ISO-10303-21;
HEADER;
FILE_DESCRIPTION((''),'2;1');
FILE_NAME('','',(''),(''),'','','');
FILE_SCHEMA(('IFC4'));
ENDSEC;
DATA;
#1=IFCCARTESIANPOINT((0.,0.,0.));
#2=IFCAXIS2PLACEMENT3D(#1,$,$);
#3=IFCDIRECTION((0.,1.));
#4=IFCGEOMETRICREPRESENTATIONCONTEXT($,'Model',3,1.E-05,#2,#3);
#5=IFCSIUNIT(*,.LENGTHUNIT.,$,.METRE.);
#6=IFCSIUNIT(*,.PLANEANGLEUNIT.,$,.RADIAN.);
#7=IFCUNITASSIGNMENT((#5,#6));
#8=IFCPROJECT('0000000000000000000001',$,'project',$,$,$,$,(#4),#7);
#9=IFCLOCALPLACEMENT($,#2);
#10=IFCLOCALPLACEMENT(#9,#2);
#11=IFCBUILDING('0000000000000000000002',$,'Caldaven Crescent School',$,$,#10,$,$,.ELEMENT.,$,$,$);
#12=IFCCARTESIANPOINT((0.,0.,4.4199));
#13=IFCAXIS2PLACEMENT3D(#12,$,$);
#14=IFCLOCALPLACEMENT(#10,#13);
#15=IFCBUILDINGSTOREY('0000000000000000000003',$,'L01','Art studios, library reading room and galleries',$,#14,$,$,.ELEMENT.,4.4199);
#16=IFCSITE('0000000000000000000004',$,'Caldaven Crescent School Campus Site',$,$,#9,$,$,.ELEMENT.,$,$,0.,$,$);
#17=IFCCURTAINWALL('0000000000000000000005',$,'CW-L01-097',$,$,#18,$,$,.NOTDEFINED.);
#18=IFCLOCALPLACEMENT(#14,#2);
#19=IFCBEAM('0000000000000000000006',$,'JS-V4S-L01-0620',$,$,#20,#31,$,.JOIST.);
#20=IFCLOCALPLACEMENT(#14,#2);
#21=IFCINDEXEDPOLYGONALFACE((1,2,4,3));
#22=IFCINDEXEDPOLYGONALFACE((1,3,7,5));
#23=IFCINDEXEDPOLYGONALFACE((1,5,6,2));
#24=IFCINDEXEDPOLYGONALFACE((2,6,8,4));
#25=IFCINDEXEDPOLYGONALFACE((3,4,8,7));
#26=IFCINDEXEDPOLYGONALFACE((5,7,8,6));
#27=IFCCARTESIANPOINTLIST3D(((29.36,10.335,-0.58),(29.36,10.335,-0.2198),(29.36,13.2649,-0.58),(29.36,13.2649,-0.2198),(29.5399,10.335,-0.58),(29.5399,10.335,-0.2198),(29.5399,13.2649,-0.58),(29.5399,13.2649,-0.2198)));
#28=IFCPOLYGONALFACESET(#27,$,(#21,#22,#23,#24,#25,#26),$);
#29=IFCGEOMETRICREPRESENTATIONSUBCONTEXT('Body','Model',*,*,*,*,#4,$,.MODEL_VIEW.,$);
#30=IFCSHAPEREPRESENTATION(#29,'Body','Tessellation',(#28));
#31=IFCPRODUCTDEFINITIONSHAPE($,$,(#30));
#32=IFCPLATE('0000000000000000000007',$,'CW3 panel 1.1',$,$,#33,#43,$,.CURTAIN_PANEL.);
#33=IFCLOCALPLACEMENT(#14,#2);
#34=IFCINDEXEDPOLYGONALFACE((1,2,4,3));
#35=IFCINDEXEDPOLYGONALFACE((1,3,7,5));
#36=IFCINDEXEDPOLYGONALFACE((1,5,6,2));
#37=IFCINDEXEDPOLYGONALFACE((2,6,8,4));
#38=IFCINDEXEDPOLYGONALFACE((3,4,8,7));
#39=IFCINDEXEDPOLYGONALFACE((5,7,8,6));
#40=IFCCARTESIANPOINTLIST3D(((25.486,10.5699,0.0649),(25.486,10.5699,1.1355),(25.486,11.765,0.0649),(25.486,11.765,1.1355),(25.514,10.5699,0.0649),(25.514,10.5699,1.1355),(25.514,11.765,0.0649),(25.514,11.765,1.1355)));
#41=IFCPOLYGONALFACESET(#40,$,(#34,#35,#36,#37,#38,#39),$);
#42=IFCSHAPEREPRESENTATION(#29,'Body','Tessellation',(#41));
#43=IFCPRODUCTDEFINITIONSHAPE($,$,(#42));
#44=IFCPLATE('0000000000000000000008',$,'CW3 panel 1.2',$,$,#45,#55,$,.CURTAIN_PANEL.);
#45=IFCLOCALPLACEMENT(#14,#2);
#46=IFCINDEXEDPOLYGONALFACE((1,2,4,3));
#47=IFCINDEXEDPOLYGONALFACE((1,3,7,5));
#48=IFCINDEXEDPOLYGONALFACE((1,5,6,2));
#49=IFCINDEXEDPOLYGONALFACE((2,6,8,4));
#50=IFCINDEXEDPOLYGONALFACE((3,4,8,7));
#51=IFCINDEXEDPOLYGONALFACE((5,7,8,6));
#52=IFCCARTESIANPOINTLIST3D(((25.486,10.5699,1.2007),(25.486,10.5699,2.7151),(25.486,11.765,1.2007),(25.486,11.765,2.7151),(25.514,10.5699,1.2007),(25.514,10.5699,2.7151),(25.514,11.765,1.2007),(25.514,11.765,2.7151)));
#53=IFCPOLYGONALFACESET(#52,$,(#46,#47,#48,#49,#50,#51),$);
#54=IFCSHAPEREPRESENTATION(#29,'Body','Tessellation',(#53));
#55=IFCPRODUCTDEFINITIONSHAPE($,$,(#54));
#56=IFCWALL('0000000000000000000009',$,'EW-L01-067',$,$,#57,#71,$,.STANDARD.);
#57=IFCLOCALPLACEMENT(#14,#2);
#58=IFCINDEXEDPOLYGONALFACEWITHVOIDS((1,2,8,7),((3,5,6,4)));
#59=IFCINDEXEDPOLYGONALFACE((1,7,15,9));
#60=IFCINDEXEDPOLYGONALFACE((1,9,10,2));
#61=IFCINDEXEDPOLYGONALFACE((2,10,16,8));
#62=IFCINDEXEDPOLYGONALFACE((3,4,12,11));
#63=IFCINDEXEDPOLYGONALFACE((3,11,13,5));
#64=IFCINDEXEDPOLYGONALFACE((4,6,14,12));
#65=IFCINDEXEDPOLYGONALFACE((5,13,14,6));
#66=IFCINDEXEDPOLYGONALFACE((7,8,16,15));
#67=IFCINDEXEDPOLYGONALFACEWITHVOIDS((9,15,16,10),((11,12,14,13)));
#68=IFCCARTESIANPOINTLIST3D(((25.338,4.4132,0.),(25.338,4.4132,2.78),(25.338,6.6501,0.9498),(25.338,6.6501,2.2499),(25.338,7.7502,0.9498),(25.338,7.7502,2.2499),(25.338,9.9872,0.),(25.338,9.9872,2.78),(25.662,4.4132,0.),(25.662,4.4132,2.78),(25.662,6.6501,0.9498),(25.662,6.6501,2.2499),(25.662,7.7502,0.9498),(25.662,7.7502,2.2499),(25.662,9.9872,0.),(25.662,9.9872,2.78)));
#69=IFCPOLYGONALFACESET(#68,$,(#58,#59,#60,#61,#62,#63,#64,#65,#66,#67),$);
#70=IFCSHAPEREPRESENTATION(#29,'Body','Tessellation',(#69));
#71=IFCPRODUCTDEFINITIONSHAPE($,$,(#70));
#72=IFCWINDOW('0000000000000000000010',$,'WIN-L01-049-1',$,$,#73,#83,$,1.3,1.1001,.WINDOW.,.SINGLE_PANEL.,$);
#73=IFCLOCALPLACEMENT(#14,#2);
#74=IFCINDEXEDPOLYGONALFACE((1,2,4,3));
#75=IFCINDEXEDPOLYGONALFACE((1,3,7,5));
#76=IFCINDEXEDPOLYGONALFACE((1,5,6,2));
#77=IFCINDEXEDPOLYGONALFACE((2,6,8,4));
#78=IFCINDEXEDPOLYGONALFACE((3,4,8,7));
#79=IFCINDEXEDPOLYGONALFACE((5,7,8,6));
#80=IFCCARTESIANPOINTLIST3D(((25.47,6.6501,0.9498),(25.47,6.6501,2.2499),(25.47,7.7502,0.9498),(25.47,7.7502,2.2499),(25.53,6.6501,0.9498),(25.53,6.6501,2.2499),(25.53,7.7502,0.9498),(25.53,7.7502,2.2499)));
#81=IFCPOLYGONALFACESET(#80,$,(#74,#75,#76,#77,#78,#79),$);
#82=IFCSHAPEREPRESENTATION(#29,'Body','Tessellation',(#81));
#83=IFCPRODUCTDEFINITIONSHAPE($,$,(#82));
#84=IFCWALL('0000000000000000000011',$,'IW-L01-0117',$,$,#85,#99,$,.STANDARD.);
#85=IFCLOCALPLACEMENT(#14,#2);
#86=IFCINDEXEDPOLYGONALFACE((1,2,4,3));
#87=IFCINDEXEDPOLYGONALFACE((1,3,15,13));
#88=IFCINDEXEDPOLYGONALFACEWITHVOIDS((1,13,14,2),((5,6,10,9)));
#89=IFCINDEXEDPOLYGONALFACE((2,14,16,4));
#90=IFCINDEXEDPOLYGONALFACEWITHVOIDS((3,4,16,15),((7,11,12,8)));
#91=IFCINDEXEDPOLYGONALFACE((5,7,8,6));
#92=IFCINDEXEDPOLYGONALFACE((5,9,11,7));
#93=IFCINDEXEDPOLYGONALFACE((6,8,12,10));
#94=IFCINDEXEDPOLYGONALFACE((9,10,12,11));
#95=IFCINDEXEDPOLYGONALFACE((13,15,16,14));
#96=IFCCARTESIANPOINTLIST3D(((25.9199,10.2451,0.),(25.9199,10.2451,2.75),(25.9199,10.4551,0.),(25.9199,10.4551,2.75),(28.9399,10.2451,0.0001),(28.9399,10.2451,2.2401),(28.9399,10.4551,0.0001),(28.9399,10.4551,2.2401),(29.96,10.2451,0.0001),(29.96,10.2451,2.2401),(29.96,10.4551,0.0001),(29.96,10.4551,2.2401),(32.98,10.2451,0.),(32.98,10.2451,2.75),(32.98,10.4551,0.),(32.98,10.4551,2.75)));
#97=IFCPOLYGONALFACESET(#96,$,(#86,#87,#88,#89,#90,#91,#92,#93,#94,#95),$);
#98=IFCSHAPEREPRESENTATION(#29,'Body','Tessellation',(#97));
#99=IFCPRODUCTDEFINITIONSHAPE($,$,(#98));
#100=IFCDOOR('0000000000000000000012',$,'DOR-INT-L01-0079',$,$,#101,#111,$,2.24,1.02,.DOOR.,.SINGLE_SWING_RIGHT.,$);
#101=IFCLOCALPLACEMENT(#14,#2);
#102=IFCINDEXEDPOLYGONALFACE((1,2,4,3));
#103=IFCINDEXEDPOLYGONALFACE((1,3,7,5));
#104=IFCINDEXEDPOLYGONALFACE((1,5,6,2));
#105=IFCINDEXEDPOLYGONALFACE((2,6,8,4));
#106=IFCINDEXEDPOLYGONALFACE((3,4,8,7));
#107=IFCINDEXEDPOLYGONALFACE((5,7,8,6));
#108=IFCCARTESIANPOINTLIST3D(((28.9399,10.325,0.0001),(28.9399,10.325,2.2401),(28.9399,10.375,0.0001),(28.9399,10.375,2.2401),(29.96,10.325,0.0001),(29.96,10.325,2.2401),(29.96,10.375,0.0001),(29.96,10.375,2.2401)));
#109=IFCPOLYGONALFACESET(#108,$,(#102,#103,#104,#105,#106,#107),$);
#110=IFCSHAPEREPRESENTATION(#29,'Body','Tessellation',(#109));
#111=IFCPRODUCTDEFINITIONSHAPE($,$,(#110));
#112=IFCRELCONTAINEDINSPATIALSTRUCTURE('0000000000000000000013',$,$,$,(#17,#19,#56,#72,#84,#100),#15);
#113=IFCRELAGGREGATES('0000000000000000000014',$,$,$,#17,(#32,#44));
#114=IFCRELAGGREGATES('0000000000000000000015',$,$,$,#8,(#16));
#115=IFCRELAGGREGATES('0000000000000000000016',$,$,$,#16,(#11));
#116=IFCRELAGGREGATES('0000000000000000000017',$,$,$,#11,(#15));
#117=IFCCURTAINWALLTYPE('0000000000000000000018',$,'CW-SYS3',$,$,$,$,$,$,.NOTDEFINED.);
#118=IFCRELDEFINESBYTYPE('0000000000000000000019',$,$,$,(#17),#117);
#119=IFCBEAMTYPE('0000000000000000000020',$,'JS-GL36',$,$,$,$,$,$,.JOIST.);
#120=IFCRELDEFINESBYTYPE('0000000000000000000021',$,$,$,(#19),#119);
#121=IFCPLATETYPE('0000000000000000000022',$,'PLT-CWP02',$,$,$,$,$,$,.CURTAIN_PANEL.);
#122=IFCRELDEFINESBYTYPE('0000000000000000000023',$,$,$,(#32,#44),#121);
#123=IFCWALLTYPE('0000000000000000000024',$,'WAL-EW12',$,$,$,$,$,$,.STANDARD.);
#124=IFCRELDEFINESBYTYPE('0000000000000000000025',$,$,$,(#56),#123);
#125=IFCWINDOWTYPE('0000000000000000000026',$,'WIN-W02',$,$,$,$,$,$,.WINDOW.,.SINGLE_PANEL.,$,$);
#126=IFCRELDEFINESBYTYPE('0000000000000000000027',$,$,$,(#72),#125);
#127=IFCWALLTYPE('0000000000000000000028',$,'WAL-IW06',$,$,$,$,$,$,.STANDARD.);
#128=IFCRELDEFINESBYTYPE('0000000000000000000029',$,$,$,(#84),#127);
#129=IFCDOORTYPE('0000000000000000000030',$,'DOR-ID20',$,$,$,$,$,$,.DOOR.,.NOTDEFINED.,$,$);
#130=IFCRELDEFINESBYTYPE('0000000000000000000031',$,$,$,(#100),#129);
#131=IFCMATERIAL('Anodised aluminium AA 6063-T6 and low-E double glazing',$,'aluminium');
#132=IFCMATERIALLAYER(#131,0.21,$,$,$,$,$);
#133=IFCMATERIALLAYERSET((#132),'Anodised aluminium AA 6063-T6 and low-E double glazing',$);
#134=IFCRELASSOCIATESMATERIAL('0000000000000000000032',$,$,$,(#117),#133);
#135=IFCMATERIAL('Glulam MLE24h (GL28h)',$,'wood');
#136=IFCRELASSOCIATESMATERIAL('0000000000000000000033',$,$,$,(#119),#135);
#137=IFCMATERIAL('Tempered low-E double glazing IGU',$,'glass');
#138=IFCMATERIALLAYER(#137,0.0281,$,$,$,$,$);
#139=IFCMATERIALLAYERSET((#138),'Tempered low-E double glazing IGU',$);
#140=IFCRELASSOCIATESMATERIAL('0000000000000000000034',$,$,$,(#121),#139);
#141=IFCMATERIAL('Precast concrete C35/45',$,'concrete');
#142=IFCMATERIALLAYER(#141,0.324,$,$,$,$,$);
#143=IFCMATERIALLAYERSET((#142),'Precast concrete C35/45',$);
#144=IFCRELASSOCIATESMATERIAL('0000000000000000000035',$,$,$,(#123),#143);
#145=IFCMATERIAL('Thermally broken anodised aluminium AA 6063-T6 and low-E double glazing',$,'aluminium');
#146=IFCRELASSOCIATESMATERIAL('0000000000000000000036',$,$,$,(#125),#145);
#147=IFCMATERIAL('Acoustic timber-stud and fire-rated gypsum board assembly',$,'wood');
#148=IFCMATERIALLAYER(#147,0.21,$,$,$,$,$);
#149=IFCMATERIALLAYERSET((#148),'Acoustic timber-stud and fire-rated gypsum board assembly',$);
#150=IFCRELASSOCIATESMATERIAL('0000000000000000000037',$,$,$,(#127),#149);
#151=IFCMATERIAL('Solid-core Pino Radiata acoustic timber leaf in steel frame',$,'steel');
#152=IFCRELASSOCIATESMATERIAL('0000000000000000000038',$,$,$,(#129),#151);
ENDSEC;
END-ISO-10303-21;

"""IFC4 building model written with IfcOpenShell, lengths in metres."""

from ifc_helpers import new_model, si_unit, direction, frame, frame_2d, origin, origin_2d, place, context, subcontext, project, spatial, rectangle, extrude, material, layer, layer_set, material_profile, profile_set, type_object, element, fill, aggregate, save


model = new_model("IFC4")

# Units and contexts
model_context = context("Model", 3, precision=1e-05, world=origin(), true_north=direction((0.0, 1.0)))
body_context = subcontext(model_context, "Body", "Model", "MODEL_VIEW")
ifc_project = project(units=[si_unit("LENGTHUNIT", "METRE"), si_unit("PLANEANGLEUNIT", "RADIAN")], contexts=[model_context])

# Site, building, storey
site_placement = place(None, origin())
site = spatial("IfcSite", under=ifc_project, at=site_placement, Name="Caldaven Crescent School Campus Site", CompositionType="ELEMENT", RefElevation=0.0)
building_placement = place(site_placement, origin())
building = spatial("IfcBuilding", under=site, at=building_placement, Name="Caldaven Crescent School", CompositionType="ELEMENT")
storey_placement = place(building_placement, frame((0.0, 0.0, 4.4199)))
storey = spatial("IfcBuildingStorey", under=building, at=storey_placement, Name="L01", Description="Art studios, library reading room and galleries", CompositionType="ELEMENT", Elevation=4.4199)

# Shared definitions
ifc_material_1 = material(Name="Glulam MLE24h (GL28h)", Category="wood")

# Curtain wall
ifc_material_2 = material(Name="Anodised aluminium AA 6063-T6 and low-E double glazing", Category="aluminium")
ifc_layer_1 = layer(ifc_material_2, 0.21)
ifc_layer_set_1 = layer_set([ifc_layer_1], Name="Anodised aluminium AA 6063-T6 and low-E double glazing")
curtain_wall_type = type_object("IfcCurtainWallType", Name="CW-SYS3", PredefinedType="NOTDEFINED", material=ifc_layer_set_1)
curtain_wall_placement = place(storey_placement, origin())
curtain_wall = element("IfcCurtainWall", 1, at=curtain_wall_placement, inside=storey, type_object=curtain_wall_type, Name="CW-L01-097", PredefinedType="NOTDEFINED")

# Beam
ifc_material_profile_1 = material_profile(ifc_material_1, rectangle(XDim=0.1799, YDim=0.3601, at=origin_2d()), Name="MLE 180x360")
ifc_profile_set_1 = profile_set([ifc_material_profile_1], Name="Glulam MLE24h (GL28h)")
beam_type_1 = type_object("IfcBeamType", Name="JS-GL36", PredefinedType="JOIST", material=ifc_profile_set_1)
beam_1_placement = place(storey_placement, frame((29.45, 10.335, -0.3999), z_axis=(0.0, 1.0, 0.0), x_axis=(-1.0, 0.0, 0.0)))
element("IfcBeam", 2, at=beam_1_placement, inside=storey, type_object=beam_type_1, Name="JS-V4S-L01-0620", PredefinedType="JOIST", context=body_context, shape_type="SweptSolid", body=[
    extrude(rectangle(XDim=0.1799, YDim=0.3601, at=origin_2d()), origin(), (0.0, 0.0, 1.0), 2.9299),
])

# Plates
ifc_material_3 = material(Name="Tempered low-E double glazing IGU", Category="glass")
ifc_layer_2 = layer(ifc_material_3, 0.0281)
ifc_layer_set_2 = layer_set([ifc_layer_2], Name="Tempered low-E double glazing IGU")
plate_type = type_object("IfcPlateType", Name="PLT-CWP02", PredefinedType="CURTAIN_PANEL", material=ifc_layer_set_2)
plate_1_placement = place(storey_placement, frame((25.5, 11.1675, 0.0649), z_axis=(0.0, 0.0, 1.0), x_axis=(0.0, 1.0, 0.0)))
plate_1 = element("IfcPlate", 3, at=plate_1_placement, type_object=plate_type, Name="CW3 panel 1.1", PredefinedType="CURTAIN_PANEL", context=body_context, shape_type="SweptSolid", body=[
    extrude(rectangle(XDim=1.1951, YDim=0.0281, at=origin_2d()), origin(), (0.0, 0.0, 1.0), 1.0706),
])
plate_2_placement = place(storey_placement, frame((25.5, 11.1675, 1.2007), z_axis=(0.0, 0.0, 1.0), x_axis=(0.0, 1.0, 0.0)))
plate_2 = element("IfcPlate", 4, at=plate_2_placement, type_object=plate_type, Name="CW3 panel 1.2", PredefinedType="CURTAIN_PANEL", context=body_context, shape_type="SweptSolid", body=[
    extrude(rectangle(XDim=1.1951, YDim=0.0281, at=origin_2d()), origin(), (0.0, 0.0, 1.0), 1.5144),
])
aggregate(curtain_wall, [plate_1, plate_2])

# Wall, opening, window
ifc_material_4 = material(Name="Precast concrete C35/45", Category="concrete")
ifc_layer_3 = layer(ifc_material_4, 0.324)
ifc_layer_set_3 = layer_set([ifc_layer_3], Name="Precast concrete C35/45")
wall_type_1 = type_object("IfcWallType", Name="WAL-EW12", PredefinedType="STANDARD", material=ifc_layer_set_3)
wall_1_placement = place(storey_placement, frame((25.5, 4.4131, 0.0), z_axis=(0.0, 0.0, 1.0), x_axis=(0.0, 1.0, 0.0)))
wall_1 = element("IfcWall", 5, at=wall_1_placement, inside=storey, type_object=wall_type_1, Name="EW-L01-067", PredefinedType="STANDARD", context=body_context, shape_type="SweptSolid", body=[
    extrude(rectangle(XDim=5.574, YDim=0.324, at=frame_2d((2.7871, 0.0))), origin(), (0.0, 0.0, 1.0), 2.78),
])
opening_1_placement = place(wall_1_placement, frame((2.2371, 0.0, 0.95)))
opening_1 = element("IfcOpeningElement", 6, at=opening_1_placement, cuts=wall_1, PredefinedType="OPENING", context=body_context, shape_type="SweptSolid", body=[
    extrude(rectangle(XDim=1.1001, YDim=1.3, at=frame_2d((0.55, 0.6499))), frame((0.0, 0.1719, 0.0), z_axis=(0.0, -1.0, 0.0), x_axis=(1.0, 0.0, 0.0)), (0.0, 0.0, 1.0), 0.344),
])
ifc_material_5 = material(Name="Thermally broken anodised aluminium AA 6063-T6 and low-E double glazing", Category="aluminium")
window_type = type_object("IfcWindowType", Name="WIN-W02", PartitioningType="SINGLE_PANEL", PredefinedType="WINDOW", material=ifc_material_5)
window_placement = place(opening_1_placement, origin())
window = element("IfcWindow", 7, at=window_placement, inside=storey, type_object=window_type, Name="WIN-L01-049-1", OverallHeight=1.3, OverallWidth=1.1001, PartitioningType="SINGLE_PANEL", PredefinedType="WINDOW", context=body_context, shape_type="SweptSolid", body=[
    extrude(rectangle(XDim=1.1001, YDim=1.3, at=frame_2d((0.55, 0.6499))), frame((0.0, 0.03, 0.0), z_axis=(0.0, -1.0, 0.0), x_axis=(1.0, 0.0, 0.0)), (0.0, 0.0, 1.0), 0.0601),
])
fill(opening_1, window)

# Wall, opening, door
ifc_material_6 = material(Name="Acoustic timber-stud and fire-rated gypsum board assembly", Category="wood")
ifc_layer_4 = layer(ifc_material_6, 0.21)
ifc_layer_set_4 = layer_set([ifc_layer_4], Name="Acoustic timber-stud and fire-rated gypsum board assembly")
wall_type_2 = type_object("IfcWallType", Name="WAL-IW06", PredefinedType="STANDARD", material=ifc_layer_set_4)
wall_2_placement = place(storey_placement, frame((25.9199, 10.3501, 0.0), z_axis=(0.0, 0.0, 1.0), x_axis=(1.0, 0.0, 0.0)))
wall_2 = element("IfcWall", 8, at=wall_2_placement, inside=storey, type_object=wall_type_2, Name="IW-L01-0117", PredefinedType="STANDARD", context=body_context, shape_type="SweptSolid", body=[
    extrude(rectangle(XDim=7.0601, YDim=0.21, at=frame_2d((3.53, 0.0))), origin(), (0.0, 0.0, 1.0), 2.75),
])
opening_2_placement = place(wall_2_placement, frame((3.02, 0.0, 0.0)))
opening_2 = element("IfcOpeningElement", 9, at=opening_2_placement, cuts=wall_2, PredefinedType="OPENING", context=body_context, shape_type="SweptSolid", body=[
    extrude(rectangle(XDim=1.02, YDim=2.24, at=frame_2d((0.51, 1.1201))), frame((0.0, 0.115, 0.0), z_axis=(0.0, -1.0, 0.0), x_axis=(1.0, 0.0, 0.0)), (0.0, 0.0, 1.0), 0.23),
])
ifc_material_7 = material(Name="Solid-core Pino Radiata acoustic timber leaf in steel frame", Category="steel")
door_type = type_object("IfcDoorType", Name="DOR-ID20", OperationType="NOTDEFINED", PredefinedType="DOOR", material=ifc_material_7)
door_placement = place(opening_2_placement, origin())
door = element("IfcDoor", 10, at=door_placement, inside=storey, type_object=door_type, Name="DOR-INT-L01-0079", OperationType="SINGLE_SWING_RIGHT", OverallHeight=2.24, OverallWidth=1.02, PredefinedType="DOOR", context=body_context, shape_type="SweptSolid", body=[
    extrude(rectangle(XDim=1.02, YDim=2.24, at=frame_2d((0.51, 1.1201))), frame((0.0, 0.0249, 0.0), z_axis=(0.0, -1.0, 0.0), x_axis=(1.0, 0.0, 0.0)), (0.0, 0.0, 1.0), 0.05),
])
fill(opening_2, door)

save(model, "model.ifc")
